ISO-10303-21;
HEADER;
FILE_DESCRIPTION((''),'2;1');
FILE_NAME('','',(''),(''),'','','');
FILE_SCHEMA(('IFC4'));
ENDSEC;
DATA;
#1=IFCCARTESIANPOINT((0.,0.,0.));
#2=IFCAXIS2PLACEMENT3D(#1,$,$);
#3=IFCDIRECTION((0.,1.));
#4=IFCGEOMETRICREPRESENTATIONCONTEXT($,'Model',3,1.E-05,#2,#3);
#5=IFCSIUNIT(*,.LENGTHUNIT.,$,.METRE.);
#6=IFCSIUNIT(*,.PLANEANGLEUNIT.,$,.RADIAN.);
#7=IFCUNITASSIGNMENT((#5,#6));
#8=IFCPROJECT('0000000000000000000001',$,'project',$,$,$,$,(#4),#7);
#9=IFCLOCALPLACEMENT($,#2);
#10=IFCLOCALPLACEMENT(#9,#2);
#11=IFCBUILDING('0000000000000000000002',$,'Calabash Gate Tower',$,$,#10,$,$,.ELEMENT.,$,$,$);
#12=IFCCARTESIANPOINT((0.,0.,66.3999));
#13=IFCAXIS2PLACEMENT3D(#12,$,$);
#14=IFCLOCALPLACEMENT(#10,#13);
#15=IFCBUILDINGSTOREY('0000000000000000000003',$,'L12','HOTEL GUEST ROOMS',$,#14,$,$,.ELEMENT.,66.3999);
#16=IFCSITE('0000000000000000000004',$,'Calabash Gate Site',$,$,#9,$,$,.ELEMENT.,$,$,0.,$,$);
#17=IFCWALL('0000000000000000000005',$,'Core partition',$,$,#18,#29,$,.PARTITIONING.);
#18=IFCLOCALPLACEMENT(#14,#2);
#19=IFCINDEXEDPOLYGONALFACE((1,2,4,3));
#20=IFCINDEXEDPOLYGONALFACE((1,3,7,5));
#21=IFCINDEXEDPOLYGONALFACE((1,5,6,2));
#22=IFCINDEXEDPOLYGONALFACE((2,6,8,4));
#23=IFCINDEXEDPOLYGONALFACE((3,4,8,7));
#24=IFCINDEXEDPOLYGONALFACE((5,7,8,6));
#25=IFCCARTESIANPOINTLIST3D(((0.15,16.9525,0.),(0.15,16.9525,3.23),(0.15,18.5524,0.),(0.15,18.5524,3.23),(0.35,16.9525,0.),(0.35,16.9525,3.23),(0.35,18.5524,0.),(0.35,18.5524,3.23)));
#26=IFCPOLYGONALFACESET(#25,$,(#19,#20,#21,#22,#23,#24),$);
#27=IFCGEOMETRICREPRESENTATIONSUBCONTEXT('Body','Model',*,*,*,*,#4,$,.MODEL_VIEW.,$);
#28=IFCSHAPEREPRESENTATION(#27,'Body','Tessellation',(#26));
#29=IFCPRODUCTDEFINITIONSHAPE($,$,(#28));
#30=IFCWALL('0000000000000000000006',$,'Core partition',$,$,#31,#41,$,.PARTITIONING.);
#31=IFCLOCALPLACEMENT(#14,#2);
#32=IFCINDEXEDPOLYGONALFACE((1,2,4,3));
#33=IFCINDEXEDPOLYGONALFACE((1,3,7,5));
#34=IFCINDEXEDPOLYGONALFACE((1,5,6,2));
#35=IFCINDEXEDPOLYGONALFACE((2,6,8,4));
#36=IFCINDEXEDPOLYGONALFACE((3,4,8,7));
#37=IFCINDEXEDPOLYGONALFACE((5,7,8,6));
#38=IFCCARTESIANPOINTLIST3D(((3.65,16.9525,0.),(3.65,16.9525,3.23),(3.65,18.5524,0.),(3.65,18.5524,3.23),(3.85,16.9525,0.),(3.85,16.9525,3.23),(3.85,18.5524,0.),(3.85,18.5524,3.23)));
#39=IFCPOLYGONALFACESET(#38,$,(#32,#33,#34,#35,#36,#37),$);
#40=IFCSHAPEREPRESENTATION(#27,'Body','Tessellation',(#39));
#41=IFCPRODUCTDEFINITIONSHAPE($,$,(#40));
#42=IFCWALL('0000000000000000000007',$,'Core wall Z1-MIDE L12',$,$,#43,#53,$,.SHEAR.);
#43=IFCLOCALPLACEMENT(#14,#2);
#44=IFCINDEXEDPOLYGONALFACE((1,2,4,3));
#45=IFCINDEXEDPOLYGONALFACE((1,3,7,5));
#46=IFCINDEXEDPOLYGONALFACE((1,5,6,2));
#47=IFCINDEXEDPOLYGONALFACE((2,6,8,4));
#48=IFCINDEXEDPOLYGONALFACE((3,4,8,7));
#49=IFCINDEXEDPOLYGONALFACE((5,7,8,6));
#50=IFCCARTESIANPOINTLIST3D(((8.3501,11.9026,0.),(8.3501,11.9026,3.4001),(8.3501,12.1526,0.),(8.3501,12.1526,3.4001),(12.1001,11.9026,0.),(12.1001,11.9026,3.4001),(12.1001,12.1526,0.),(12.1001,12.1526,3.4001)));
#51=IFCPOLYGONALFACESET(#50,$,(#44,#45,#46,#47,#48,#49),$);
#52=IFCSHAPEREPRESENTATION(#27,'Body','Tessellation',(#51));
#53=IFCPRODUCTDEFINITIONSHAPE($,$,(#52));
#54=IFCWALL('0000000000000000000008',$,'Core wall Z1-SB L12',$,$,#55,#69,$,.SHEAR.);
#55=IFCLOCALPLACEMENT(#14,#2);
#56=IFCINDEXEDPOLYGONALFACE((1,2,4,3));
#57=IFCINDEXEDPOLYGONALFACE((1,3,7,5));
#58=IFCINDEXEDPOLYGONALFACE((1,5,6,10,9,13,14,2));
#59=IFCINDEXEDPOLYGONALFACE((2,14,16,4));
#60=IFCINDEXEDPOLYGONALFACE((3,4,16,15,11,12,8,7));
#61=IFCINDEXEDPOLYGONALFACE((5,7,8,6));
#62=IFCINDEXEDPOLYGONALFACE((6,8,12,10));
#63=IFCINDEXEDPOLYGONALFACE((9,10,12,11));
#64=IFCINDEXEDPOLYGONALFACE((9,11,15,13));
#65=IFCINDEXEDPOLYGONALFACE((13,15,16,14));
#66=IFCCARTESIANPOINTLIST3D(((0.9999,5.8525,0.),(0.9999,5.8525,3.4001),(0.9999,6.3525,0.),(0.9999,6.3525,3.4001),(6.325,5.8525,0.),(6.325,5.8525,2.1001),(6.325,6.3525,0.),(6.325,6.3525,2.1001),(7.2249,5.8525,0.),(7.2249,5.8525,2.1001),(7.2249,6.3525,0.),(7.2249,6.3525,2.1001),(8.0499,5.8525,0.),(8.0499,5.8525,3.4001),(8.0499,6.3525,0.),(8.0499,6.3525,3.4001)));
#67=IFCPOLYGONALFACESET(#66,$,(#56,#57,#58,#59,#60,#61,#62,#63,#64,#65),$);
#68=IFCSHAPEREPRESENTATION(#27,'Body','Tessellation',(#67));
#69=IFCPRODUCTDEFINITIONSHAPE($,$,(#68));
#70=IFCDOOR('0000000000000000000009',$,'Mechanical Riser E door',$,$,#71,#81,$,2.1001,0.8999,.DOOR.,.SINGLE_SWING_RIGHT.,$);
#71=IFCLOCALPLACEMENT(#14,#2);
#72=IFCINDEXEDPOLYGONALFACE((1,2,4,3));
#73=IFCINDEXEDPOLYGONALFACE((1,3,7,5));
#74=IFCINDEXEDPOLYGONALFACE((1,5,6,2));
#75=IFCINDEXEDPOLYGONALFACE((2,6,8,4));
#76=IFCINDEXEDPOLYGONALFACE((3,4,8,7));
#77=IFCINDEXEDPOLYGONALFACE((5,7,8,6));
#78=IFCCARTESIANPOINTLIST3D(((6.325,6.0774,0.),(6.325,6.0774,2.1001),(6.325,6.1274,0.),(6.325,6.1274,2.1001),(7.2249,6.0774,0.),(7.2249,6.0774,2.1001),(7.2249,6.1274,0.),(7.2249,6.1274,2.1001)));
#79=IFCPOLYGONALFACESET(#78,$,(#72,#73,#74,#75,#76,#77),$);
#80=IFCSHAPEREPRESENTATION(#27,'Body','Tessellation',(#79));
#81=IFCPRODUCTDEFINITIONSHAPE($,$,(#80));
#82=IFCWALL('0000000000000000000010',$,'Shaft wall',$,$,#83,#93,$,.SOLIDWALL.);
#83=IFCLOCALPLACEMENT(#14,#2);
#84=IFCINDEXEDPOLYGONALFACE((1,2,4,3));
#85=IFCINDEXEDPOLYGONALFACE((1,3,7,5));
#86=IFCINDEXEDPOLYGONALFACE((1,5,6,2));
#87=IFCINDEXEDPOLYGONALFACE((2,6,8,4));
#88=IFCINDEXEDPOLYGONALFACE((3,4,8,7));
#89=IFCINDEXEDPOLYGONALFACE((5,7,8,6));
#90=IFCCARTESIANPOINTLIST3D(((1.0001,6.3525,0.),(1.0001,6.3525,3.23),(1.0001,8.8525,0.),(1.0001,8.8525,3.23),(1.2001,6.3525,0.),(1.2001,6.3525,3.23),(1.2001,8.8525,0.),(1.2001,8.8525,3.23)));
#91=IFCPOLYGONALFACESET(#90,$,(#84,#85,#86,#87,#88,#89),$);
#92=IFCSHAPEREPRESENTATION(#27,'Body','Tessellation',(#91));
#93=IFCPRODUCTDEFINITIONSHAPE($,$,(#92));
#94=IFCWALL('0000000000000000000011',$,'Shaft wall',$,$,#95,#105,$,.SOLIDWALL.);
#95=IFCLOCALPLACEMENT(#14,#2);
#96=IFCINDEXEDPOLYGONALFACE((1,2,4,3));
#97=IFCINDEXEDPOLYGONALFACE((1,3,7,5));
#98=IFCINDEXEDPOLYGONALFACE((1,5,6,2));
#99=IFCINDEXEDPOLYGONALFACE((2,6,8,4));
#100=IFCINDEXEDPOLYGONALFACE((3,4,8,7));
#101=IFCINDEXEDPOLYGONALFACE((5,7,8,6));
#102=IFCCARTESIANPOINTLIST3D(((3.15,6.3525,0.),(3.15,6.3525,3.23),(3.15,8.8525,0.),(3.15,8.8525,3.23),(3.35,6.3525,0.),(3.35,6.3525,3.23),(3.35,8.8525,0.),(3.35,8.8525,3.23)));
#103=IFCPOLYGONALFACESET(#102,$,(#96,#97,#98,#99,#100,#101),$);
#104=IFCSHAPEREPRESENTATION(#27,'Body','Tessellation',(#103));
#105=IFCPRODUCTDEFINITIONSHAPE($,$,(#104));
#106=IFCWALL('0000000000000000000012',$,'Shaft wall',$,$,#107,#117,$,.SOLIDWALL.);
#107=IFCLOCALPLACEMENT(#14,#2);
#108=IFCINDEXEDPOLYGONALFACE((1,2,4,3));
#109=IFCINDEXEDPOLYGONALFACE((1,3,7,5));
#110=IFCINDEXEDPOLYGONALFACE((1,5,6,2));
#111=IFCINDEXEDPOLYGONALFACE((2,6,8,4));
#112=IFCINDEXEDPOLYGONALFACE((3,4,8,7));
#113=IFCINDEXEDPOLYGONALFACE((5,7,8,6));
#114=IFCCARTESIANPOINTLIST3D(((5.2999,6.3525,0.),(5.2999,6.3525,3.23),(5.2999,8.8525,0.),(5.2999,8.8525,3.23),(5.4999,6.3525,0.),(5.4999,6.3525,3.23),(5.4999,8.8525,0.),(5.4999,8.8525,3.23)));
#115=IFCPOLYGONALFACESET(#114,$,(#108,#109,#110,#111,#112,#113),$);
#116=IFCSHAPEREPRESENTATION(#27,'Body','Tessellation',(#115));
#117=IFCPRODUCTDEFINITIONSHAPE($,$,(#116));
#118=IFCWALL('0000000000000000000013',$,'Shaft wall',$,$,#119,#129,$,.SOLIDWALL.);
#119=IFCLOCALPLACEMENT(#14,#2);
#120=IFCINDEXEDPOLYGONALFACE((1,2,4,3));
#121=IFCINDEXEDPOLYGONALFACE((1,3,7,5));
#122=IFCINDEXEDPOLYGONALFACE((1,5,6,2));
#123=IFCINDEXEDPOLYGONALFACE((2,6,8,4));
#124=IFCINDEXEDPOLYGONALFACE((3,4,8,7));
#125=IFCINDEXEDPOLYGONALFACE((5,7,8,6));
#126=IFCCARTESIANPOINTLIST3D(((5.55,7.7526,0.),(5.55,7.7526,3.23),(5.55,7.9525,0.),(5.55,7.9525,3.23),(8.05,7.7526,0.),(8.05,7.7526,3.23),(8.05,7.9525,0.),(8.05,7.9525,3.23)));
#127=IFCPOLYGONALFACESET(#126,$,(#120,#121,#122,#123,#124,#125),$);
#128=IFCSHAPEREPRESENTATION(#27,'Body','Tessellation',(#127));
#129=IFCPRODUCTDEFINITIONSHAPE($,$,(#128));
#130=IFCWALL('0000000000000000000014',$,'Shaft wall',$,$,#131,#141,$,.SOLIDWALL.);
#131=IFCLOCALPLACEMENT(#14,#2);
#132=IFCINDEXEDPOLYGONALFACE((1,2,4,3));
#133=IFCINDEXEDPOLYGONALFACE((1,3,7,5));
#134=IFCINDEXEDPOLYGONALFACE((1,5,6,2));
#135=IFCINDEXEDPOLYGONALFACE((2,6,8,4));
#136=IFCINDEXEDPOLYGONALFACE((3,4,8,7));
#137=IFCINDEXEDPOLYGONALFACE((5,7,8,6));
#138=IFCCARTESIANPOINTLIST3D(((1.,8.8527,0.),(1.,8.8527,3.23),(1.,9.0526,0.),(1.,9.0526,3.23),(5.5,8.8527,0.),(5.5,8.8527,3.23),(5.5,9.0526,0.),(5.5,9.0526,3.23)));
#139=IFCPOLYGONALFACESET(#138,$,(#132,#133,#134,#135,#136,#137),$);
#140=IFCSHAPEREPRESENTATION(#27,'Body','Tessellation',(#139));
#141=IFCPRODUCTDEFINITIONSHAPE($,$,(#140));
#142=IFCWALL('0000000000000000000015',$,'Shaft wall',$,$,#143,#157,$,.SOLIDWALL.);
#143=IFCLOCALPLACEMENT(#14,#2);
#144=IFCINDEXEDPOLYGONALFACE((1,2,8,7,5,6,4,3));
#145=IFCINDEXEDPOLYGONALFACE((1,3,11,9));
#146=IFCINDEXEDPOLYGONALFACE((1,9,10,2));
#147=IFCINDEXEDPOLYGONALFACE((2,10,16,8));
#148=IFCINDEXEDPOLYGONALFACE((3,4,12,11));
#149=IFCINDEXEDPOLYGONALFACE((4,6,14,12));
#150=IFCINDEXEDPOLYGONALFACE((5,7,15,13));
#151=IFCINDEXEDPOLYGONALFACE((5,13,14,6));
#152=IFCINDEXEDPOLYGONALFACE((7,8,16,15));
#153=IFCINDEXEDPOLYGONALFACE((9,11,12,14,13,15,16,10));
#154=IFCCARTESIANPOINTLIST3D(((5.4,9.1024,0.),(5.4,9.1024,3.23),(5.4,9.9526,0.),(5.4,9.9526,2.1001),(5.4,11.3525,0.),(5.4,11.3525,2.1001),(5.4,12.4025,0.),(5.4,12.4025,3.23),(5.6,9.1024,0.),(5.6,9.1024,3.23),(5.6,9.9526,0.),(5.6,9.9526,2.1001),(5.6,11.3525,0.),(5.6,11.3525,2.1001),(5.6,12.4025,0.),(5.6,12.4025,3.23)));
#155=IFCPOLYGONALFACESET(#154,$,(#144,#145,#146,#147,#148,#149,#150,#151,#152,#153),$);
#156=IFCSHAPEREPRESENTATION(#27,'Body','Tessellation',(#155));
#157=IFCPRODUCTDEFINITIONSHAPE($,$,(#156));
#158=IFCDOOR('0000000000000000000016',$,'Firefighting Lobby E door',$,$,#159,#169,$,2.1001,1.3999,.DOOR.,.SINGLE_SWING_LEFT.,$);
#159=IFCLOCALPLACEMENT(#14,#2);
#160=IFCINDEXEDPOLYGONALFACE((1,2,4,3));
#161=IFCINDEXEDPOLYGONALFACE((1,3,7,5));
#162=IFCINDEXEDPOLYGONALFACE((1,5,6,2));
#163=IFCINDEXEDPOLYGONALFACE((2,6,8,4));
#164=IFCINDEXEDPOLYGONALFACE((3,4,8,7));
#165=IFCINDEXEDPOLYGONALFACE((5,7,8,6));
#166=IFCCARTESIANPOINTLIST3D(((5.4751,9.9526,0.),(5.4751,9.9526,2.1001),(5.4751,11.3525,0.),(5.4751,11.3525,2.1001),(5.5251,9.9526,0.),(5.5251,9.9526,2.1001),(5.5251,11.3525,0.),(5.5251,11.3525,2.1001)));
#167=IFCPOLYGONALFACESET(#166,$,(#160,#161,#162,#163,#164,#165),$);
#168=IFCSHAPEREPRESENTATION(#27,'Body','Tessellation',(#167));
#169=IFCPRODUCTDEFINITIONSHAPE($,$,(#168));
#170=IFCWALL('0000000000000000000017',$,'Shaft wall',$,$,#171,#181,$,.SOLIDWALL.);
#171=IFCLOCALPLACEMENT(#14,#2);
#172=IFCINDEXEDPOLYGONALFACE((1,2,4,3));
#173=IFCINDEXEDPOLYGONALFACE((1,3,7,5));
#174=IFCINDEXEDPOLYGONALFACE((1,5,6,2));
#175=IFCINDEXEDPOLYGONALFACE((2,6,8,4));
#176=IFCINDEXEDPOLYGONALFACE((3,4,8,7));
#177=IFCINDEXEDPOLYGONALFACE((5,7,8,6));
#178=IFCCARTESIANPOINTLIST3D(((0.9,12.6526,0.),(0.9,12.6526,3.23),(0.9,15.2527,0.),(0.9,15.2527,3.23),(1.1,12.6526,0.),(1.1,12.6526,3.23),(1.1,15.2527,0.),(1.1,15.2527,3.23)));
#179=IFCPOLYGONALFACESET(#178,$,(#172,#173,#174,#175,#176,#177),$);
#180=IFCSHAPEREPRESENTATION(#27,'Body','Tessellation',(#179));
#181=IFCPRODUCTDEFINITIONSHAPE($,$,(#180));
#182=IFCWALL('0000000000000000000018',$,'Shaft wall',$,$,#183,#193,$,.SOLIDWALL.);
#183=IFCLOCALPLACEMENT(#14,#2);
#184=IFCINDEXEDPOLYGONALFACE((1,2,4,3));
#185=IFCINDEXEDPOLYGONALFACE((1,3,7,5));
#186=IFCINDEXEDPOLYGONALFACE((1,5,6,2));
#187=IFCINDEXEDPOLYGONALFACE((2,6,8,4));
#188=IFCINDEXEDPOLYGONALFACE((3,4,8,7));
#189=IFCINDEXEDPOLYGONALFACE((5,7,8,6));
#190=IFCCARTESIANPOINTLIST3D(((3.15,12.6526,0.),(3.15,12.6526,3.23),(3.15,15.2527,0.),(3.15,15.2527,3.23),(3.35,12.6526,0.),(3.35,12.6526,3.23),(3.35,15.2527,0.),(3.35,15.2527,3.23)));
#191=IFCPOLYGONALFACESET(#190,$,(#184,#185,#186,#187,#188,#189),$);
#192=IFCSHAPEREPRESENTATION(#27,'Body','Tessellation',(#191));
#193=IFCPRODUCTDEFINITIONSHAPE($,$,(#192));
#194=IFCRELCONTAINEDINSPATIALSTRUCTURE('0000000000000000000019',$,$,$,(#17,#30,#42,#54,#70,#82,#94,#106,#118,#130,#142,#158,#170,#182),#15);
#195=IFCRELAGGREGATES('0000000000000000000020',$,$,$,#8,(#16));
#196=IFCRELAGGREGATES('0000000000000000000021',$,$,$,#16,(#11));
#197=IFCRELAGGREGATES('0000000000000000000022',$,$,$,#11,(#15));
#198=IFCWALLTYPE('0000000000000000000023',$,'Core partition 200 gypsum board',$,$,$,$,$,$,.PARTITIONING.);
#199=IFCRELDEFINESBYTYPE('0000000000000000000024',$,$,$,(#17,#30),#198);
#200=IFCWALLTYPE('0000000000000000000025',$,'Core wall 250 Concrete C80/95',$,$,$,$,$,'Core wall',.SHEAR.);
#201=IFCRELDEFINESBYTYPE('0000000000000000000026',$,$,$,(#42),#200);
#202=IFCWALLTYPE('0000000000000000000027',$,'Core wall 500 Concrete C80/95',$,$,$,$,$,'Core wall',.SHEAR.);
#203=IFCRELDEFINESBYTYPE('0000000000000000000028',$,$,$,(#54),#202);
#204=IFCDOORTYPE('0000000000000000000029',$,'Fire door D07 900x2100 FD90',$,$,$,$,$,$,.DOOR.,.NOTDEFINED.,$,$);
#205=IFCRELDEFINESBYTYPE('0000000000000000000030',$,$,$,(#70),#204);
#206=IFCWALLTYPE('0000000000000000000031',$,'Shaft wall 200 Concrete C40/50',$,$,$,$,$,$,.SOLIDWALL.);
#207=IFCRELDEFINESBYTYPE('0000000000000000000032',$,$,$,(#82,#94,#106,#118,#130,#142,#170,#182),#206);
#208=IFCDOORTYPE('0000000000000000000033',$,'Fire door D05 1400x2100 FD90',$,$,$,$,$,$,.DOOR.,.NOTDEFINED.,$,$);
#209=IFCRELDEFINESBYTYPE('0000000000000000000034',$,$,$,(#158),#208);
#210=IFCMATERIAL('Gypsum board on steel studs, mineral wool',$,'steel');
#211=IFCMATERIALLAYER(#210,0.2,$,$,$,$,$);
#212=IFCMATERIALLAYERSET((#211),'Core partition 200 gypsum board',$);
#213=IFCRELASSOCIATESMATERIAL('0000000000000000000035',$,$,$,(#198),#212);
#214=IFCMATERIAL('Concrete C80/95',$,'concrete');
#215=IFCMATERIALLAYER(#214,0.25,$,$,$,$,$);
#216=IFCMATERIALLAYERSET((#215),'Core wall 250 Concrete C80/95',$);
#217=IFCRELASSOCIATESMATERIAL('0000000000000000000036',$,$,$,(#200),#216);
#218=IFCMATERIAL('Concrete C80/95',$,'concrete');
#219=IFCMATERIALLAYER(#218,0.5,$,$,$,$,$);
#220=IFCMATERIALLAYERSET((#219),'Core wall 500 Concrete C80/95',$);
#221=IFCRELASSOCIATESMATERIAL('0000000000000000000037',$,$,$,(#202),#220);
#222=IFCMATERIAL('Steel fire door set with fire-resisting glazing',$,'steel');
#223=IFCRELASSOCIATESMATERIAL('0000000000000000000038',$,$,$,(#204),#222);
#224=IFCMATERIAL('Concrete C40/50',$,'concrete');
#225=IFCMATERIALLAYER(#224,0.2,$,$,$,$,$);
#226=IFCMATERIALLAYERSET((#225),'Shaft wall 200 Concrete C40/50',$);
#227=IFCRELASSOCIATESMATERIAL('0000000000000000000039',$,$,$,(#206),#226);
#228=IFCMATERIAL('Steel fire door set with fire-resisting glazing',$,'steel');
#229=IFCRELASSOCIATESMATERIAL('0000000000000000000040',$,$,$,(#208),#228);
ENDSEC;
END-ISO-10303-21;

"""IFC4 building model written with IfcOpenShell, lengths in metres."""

from ifc_helpers import new_model, si_unit, direction, frame, frame_2d, origin, place, context, subcontext, project, spatial, rectangle, extrude, material, layer, layer_set, type_object, element, fill, save


model = new_model("IFC4")

# Units and contexts
model_context = context("Model", 3, precision=1e-05, world=origin(), true_north=direction((0.0, 1.0)))
body_context = subcontext(model_context, "Body", "Model", "MODEL_VIEW")
ifc_project = project(units=[si_unit("LENGTHUNIT", "METRE"), si_unit("PLANEANGLEUNIT", "RADIAN")], contexts=[model_context])

# Site, building, storey
site_placement = place(None, origin())
site = spatial("IfcSite", under=ifc_project, at=site_placement, Name="Calabash Gate Site", CompositionType="ELEMENT", RefElevation=0.0)
building_placement = place(site_placement, origin())
building = spatial("IfcBuilding", under=site, at=building_placement, Name="Calabash Gate Tower", CompositionType="ELEMENT")
storey_placement = place(building_placement, frame((0.0, 0.0, 66.3999)))
storey = spatial("IfcBuildingStorey", under=building, at=storey_placement, Name="L12", Description="HOTEL GUEST ROOMS", CompositionType="ELEMENT", Elevation=66.3999)

# Walls
ifc_material_1 = material(Name="Gypsum board on steel studs, mineral wool", Category="steel")
ifc_layer_1 = layer(ifc_material_1, 0.2)
ifc_layer_set_1 = layer_set([ifc_layer_1], Name="Core partition 200 gypsum board")
wall_type_1 = type_object("IfcWallType", Name="Core partition 200 gypsum board", PredefinedType="PARTITIONING", material=ifc_layer_set_1)
for number, where, z_axis, x_axis, name in (
    (1, (0.25, 16.9526, 0.0), (0.0, 0.0, 1.0), (0.0, 1.0, 0.0), "Core partition"),
    (2, (3.75, 16.9526, 0.0), (0.0, 0.0, 1.0), (0.0, 1.0, 0.0), "Core partition"),
):
    element("IfcWall", number, at=place(storey_placement, frame(where, z_axis=z_axis, x_axis=x_axis)), inside=storey, type_object=wall_type_1, Name=name, PredefinedType="PARTITIONING", context=body_context, shape_type="SweptSolid", body=[
        extrude(rectangle(XDim=1.5999, YDim=0.2, at=frame_2d((0.7998, 0.0))), origin(), (0.0, 0.0, 1.0), 3.23),
    ])
ifc_material_2 = material(Name="Concrete C80/95", Category="concrete")
ifc_layer_2 = layer(ifc_material_2, 0.25)
ifc_layer_set_2 = layer_set([ifc_layer_2], Name="Core wall 250 Concrete C80/95")
wall_type_2 = type_object("IfcWallType", Name="Core wall 250 Concrete C80/95", ElementType="Core wall", PredefinedType="SHEAR", material=ifc_layer_set_2)
wall_1_placement = place(storey_placement, frame((8.3501, 12.0276, 0.0), z_axis=(0.0, 0.0, 1.0), x_axis=(1.0, 0.0, 0.0)))
element("IfcWall", 3, at=wall_1_placement, inside=storey, type_object=wall_type_2, Name="Core wall Z1-MIDE L12", PredefinedType="SHEAR", context=body_context, shape_type="SweptSolid", body=[
    extrude(rectangle(XDim=3.75, YDim=0.25, at=frame_2d((1.875, 0.0))), origin(), (0.0, 0.0, 1.0), 3.4001),
])

# Wall, opening, door
ifc_material_3 = material(Name="Concrete C80/95", Category="concrete")
ifc_layer_3 = layer(ifc_material_3, 0.5)
ifc_layer_set_3 = layer_set([ifc_layer_3], Name="Core wall 500 Concrete C80/95")
wall_type_3 = type_object("IfcWallType", Name="Core wall 500 Concrete C80/95", ElementType="Core wall", PredefinedType="SHEAR", material=ifc_layer_set_3)
wall_2_placement = place(storey_placement, frame((1.0, 6.1025, 0.0), z_axis=(0.0, 0.0, 1.0), x_axis=(1.0, 0.0, 0.0)))
wall_2 = element("IfcWall", 4, at=wall_2_placement, inside=storey, type_object=wall_type_3, Name="Core wall Z1-SB L12", PredefinedType="SHEAR", context=body_context, shape_type="SweptSolid", body=[
    extrude(rectangle(XDim=7.05, YDim=0.5, at=frame_2d((3.5249, 0.0))), origin(), (0.0, 0.0, 1.0), 3.4001),
])
opening_1_placement = place(wall_2_placement, frame((5.325, 0.0, 0.0)))
opening_1 = element("IfcOpeningElement", 5, at=opening_1_placement, cuts=wall_2, PredefinedType="OPENING", context=body_context, shape_type="SweptSolid", body=[
    extrude(rectangle(XDim=0.8999, YDim=2.1001, at=frame_2d((0.45, 1.05))), frame((0.0, 0.26, 0.0), z_axis=(0.0, -1.0, 0.0), x_axis=(1.0, 0.0, 0.0)), (0.0, 0.0, 1.0), 0.52),
])
ifc_material_4 = material(Name="Steel fire door set with fire-resisting glazing", Category="steel")
door_type_1 = type_object("IfcDoorType", Name="Fire door D07 900x2100 FD90", OperationType="NOTDEFINED", PredefinedType="DOOR", material=ifc_material_4)
door_1_placement = place(opening_1_placement, origin())
door_1 = element("IfcDoor", 6, at=door_1_placement, inside=storey, type_object=door_type_1, Name="Mechanical Riser E door", OperationType="SINGLE_SWING_RIGHT", OverallHeight=2.1001, OverallWidth=0.8999, PredefinedType="DOOR", context=body_context, shape_type="SweptSolid", body=[
    extrude(rectangle(XDim=0.8999, YDim=2.1001, at=frame_2d((0.45, 1.05))), frame((0.0, 0.0249, 0.0), z_axis=(0.0, -1.0, 0.0), x_axis=(1.0, 0.0, 0.0)), (0.0, 0.0, 1.0), 0.05),
])
fill(opening_1, door_1)

# Walls
ifc_material_5 = material(Name="Concrete C40/50", Category="concrete")
ifc_layer_4 = layer(ifc_material_5, 0.2)
ifc_layer_set_4 = layer_set([ifc_layer_4], Name="Shaft wall 200 Concrete C40/50")
wall_type_4 = type_object("IfcWallType", Name="Shaft wall 200 Concrete C40/50", PredefinedType="SOLIDWALL", material=ifc_layer_set_4)
for number, where, z_axis, x_axis, name in (
    (7, (1.1001, 6.3525, 0.0), (0.0, 0.0, 1.0), (0.0, 1.0, 0.0), "Shaft wall"),
    (8, (3.25, 6.3525, 0.0), (0.0, 0.0, 1.0), (0.0, 1.0, 0.0), "Shaft wall"),
    (9, (5.3999, 6.3525, 0.0), (0.0, 0.0, 1.0), (0.0, 1.0, 0.0), "Shaft wall"),
    (10, (5.55, 7.8525, 0.0), (0.0, 0.0, 1.0), (1.0, 0.0, 0.0), "Shaft wall"),
):
    element("IfcWall", number, at=place(storey_placement, frame(where, z_axis=z_axis, x_axis=x_axis)), inside=storey, type_object=wall_type_4, Name=name, PredefinedType="SOLIDWALL", context=body_context, shape_type="SweptSolid", body=[
        extrude(rectangle(XDim=2.5, YDim=0.2, at=frame_2d((1.25, 0.0))), origin(), (0.0, 0.0, 1.0), 3.23),
    ])
wall_3_placement = place(storey_placement, frame((1.0, 8.9526, 0.0), z_axis=(0.0, 0.0, 1.0), x_axis=(1.0, 0.0, 0.0)))
element("IfcWall", 11, at=wall_3_placement, inside=storey, type_object=wall_type_4, Name="Shaft wall", PredefinedType="SOLIDWALL", context=body_context, shape_type="SweptSolid", body=[
    extrude(rectangle(XDim=4.5, YDim=0.2, at=frame_2d((2.25, 0.0))), origin(), (0.0, 0.0, 1.0), 3.23),
])

# Wall, opening, door
wall_4_placement = place(storey_placement, frame((5.5, 9.1025, 0.0), z_axis=(0.0, 0.0, 1.0), x_axis=(0.0, 1.0, 0.0)))
wall_4 = element("IfcWall", 12, at=wall_4_placement, inside=storey, type_object=wall_type_4, Name="Shaft wall", PredefinedType="SOLIDWALL", context=body_context, shape_type="SweptSolid", body=[
    extrude(rectangle(XDim=3.3, YDim=0.2, at=frame_2d((1.6499, 0.0))), origin(), (0.0, 0.0, 1.0), 3.23),
])
opening_2_placement = place(wall_4_placement, frame((0.8501, 0.0, 0.0)))
opening_2 = element("IfcOpeningElement", 13, at=opening_2_placement, cuts=wall_4, PredefinedType="OPENING", context=body_context, shape_type="SweptSolid", body=[
    extrude(rectangle(XDim=1.3999, YDim=2.1001, at=frame_2d((0.7, 1.05))), frame((0.0, 0.1099, 0.0), z_axis=(0.0, -1.0, 0.0), x_axis=(1.0, 0.0, 0.0)), (0.0, 0.0, 1.0), 0.22),
])
ifc_material_6 = material(Name="Steel fire door set with fire-resisting glazing", Category="steel")
door_type_2 = type_object("IfcDoorType", Name="Fire door D05 1400x2100 FD90", OperationType="NOTDEFINED", PredefinedType="DOOR", material=ifc_material_6)
door_2_placement = place(opening_2_placement, origin())
door_2 = element("IfcDoor", 14, at=door_2_placement, inside=storey, type_object=door_type_2, Name="Firefighting Lobby E door", OperationType="SINGLE_SWING_LEFT", OverallHeight=2.1001, OverallWidth=1.3999, PredefinedType="DOOR", context=body_context, shape_type="SweptSolid", body=[
    extrude(rectangle(XDim=1.3999, YDim=2.1001, at=frame_2d((0.7, 1.05))), frame((0.0, 0.0249, 0.0), z_axis=(0.0, -1.0, 0.0), x_axis=(1.0, 0.0, 0.0)), (0.0, 0.0, 1.0), 0.05),
])
fill(opening_2, door_2)

# Walls
for number, where, z_axis, x_axis, name in (
    (15, (1.0, 12.6526, 0.0), (0.0, 0.0, 1.0), (0.0, 1.0, 0.0), "Shaft wall"),
    (16, (3.25, 12.6526, 0.0), (0.0, 0.0, 1.0), (0.0, 1.0, 0.0), "Shaft wall"),
):
    element("IfcWall", number, at=place(storey_placement, frame(where, z_axis=z_axis, x_axis=x_axis)), inside=storey, type_object=wall_type_4, Name=name, PredefinedType="SOLIDWALL", context=body_context, shape_type="SweptSolid", body=[
        extrude(rectangle(XDim=2.6001, YDim=0.2, at=frame_2d((1.3, 0.0))), origin(), (0.0, 0.0, 1.0), 3.23),
    ])

save(model, "model.ifc")
